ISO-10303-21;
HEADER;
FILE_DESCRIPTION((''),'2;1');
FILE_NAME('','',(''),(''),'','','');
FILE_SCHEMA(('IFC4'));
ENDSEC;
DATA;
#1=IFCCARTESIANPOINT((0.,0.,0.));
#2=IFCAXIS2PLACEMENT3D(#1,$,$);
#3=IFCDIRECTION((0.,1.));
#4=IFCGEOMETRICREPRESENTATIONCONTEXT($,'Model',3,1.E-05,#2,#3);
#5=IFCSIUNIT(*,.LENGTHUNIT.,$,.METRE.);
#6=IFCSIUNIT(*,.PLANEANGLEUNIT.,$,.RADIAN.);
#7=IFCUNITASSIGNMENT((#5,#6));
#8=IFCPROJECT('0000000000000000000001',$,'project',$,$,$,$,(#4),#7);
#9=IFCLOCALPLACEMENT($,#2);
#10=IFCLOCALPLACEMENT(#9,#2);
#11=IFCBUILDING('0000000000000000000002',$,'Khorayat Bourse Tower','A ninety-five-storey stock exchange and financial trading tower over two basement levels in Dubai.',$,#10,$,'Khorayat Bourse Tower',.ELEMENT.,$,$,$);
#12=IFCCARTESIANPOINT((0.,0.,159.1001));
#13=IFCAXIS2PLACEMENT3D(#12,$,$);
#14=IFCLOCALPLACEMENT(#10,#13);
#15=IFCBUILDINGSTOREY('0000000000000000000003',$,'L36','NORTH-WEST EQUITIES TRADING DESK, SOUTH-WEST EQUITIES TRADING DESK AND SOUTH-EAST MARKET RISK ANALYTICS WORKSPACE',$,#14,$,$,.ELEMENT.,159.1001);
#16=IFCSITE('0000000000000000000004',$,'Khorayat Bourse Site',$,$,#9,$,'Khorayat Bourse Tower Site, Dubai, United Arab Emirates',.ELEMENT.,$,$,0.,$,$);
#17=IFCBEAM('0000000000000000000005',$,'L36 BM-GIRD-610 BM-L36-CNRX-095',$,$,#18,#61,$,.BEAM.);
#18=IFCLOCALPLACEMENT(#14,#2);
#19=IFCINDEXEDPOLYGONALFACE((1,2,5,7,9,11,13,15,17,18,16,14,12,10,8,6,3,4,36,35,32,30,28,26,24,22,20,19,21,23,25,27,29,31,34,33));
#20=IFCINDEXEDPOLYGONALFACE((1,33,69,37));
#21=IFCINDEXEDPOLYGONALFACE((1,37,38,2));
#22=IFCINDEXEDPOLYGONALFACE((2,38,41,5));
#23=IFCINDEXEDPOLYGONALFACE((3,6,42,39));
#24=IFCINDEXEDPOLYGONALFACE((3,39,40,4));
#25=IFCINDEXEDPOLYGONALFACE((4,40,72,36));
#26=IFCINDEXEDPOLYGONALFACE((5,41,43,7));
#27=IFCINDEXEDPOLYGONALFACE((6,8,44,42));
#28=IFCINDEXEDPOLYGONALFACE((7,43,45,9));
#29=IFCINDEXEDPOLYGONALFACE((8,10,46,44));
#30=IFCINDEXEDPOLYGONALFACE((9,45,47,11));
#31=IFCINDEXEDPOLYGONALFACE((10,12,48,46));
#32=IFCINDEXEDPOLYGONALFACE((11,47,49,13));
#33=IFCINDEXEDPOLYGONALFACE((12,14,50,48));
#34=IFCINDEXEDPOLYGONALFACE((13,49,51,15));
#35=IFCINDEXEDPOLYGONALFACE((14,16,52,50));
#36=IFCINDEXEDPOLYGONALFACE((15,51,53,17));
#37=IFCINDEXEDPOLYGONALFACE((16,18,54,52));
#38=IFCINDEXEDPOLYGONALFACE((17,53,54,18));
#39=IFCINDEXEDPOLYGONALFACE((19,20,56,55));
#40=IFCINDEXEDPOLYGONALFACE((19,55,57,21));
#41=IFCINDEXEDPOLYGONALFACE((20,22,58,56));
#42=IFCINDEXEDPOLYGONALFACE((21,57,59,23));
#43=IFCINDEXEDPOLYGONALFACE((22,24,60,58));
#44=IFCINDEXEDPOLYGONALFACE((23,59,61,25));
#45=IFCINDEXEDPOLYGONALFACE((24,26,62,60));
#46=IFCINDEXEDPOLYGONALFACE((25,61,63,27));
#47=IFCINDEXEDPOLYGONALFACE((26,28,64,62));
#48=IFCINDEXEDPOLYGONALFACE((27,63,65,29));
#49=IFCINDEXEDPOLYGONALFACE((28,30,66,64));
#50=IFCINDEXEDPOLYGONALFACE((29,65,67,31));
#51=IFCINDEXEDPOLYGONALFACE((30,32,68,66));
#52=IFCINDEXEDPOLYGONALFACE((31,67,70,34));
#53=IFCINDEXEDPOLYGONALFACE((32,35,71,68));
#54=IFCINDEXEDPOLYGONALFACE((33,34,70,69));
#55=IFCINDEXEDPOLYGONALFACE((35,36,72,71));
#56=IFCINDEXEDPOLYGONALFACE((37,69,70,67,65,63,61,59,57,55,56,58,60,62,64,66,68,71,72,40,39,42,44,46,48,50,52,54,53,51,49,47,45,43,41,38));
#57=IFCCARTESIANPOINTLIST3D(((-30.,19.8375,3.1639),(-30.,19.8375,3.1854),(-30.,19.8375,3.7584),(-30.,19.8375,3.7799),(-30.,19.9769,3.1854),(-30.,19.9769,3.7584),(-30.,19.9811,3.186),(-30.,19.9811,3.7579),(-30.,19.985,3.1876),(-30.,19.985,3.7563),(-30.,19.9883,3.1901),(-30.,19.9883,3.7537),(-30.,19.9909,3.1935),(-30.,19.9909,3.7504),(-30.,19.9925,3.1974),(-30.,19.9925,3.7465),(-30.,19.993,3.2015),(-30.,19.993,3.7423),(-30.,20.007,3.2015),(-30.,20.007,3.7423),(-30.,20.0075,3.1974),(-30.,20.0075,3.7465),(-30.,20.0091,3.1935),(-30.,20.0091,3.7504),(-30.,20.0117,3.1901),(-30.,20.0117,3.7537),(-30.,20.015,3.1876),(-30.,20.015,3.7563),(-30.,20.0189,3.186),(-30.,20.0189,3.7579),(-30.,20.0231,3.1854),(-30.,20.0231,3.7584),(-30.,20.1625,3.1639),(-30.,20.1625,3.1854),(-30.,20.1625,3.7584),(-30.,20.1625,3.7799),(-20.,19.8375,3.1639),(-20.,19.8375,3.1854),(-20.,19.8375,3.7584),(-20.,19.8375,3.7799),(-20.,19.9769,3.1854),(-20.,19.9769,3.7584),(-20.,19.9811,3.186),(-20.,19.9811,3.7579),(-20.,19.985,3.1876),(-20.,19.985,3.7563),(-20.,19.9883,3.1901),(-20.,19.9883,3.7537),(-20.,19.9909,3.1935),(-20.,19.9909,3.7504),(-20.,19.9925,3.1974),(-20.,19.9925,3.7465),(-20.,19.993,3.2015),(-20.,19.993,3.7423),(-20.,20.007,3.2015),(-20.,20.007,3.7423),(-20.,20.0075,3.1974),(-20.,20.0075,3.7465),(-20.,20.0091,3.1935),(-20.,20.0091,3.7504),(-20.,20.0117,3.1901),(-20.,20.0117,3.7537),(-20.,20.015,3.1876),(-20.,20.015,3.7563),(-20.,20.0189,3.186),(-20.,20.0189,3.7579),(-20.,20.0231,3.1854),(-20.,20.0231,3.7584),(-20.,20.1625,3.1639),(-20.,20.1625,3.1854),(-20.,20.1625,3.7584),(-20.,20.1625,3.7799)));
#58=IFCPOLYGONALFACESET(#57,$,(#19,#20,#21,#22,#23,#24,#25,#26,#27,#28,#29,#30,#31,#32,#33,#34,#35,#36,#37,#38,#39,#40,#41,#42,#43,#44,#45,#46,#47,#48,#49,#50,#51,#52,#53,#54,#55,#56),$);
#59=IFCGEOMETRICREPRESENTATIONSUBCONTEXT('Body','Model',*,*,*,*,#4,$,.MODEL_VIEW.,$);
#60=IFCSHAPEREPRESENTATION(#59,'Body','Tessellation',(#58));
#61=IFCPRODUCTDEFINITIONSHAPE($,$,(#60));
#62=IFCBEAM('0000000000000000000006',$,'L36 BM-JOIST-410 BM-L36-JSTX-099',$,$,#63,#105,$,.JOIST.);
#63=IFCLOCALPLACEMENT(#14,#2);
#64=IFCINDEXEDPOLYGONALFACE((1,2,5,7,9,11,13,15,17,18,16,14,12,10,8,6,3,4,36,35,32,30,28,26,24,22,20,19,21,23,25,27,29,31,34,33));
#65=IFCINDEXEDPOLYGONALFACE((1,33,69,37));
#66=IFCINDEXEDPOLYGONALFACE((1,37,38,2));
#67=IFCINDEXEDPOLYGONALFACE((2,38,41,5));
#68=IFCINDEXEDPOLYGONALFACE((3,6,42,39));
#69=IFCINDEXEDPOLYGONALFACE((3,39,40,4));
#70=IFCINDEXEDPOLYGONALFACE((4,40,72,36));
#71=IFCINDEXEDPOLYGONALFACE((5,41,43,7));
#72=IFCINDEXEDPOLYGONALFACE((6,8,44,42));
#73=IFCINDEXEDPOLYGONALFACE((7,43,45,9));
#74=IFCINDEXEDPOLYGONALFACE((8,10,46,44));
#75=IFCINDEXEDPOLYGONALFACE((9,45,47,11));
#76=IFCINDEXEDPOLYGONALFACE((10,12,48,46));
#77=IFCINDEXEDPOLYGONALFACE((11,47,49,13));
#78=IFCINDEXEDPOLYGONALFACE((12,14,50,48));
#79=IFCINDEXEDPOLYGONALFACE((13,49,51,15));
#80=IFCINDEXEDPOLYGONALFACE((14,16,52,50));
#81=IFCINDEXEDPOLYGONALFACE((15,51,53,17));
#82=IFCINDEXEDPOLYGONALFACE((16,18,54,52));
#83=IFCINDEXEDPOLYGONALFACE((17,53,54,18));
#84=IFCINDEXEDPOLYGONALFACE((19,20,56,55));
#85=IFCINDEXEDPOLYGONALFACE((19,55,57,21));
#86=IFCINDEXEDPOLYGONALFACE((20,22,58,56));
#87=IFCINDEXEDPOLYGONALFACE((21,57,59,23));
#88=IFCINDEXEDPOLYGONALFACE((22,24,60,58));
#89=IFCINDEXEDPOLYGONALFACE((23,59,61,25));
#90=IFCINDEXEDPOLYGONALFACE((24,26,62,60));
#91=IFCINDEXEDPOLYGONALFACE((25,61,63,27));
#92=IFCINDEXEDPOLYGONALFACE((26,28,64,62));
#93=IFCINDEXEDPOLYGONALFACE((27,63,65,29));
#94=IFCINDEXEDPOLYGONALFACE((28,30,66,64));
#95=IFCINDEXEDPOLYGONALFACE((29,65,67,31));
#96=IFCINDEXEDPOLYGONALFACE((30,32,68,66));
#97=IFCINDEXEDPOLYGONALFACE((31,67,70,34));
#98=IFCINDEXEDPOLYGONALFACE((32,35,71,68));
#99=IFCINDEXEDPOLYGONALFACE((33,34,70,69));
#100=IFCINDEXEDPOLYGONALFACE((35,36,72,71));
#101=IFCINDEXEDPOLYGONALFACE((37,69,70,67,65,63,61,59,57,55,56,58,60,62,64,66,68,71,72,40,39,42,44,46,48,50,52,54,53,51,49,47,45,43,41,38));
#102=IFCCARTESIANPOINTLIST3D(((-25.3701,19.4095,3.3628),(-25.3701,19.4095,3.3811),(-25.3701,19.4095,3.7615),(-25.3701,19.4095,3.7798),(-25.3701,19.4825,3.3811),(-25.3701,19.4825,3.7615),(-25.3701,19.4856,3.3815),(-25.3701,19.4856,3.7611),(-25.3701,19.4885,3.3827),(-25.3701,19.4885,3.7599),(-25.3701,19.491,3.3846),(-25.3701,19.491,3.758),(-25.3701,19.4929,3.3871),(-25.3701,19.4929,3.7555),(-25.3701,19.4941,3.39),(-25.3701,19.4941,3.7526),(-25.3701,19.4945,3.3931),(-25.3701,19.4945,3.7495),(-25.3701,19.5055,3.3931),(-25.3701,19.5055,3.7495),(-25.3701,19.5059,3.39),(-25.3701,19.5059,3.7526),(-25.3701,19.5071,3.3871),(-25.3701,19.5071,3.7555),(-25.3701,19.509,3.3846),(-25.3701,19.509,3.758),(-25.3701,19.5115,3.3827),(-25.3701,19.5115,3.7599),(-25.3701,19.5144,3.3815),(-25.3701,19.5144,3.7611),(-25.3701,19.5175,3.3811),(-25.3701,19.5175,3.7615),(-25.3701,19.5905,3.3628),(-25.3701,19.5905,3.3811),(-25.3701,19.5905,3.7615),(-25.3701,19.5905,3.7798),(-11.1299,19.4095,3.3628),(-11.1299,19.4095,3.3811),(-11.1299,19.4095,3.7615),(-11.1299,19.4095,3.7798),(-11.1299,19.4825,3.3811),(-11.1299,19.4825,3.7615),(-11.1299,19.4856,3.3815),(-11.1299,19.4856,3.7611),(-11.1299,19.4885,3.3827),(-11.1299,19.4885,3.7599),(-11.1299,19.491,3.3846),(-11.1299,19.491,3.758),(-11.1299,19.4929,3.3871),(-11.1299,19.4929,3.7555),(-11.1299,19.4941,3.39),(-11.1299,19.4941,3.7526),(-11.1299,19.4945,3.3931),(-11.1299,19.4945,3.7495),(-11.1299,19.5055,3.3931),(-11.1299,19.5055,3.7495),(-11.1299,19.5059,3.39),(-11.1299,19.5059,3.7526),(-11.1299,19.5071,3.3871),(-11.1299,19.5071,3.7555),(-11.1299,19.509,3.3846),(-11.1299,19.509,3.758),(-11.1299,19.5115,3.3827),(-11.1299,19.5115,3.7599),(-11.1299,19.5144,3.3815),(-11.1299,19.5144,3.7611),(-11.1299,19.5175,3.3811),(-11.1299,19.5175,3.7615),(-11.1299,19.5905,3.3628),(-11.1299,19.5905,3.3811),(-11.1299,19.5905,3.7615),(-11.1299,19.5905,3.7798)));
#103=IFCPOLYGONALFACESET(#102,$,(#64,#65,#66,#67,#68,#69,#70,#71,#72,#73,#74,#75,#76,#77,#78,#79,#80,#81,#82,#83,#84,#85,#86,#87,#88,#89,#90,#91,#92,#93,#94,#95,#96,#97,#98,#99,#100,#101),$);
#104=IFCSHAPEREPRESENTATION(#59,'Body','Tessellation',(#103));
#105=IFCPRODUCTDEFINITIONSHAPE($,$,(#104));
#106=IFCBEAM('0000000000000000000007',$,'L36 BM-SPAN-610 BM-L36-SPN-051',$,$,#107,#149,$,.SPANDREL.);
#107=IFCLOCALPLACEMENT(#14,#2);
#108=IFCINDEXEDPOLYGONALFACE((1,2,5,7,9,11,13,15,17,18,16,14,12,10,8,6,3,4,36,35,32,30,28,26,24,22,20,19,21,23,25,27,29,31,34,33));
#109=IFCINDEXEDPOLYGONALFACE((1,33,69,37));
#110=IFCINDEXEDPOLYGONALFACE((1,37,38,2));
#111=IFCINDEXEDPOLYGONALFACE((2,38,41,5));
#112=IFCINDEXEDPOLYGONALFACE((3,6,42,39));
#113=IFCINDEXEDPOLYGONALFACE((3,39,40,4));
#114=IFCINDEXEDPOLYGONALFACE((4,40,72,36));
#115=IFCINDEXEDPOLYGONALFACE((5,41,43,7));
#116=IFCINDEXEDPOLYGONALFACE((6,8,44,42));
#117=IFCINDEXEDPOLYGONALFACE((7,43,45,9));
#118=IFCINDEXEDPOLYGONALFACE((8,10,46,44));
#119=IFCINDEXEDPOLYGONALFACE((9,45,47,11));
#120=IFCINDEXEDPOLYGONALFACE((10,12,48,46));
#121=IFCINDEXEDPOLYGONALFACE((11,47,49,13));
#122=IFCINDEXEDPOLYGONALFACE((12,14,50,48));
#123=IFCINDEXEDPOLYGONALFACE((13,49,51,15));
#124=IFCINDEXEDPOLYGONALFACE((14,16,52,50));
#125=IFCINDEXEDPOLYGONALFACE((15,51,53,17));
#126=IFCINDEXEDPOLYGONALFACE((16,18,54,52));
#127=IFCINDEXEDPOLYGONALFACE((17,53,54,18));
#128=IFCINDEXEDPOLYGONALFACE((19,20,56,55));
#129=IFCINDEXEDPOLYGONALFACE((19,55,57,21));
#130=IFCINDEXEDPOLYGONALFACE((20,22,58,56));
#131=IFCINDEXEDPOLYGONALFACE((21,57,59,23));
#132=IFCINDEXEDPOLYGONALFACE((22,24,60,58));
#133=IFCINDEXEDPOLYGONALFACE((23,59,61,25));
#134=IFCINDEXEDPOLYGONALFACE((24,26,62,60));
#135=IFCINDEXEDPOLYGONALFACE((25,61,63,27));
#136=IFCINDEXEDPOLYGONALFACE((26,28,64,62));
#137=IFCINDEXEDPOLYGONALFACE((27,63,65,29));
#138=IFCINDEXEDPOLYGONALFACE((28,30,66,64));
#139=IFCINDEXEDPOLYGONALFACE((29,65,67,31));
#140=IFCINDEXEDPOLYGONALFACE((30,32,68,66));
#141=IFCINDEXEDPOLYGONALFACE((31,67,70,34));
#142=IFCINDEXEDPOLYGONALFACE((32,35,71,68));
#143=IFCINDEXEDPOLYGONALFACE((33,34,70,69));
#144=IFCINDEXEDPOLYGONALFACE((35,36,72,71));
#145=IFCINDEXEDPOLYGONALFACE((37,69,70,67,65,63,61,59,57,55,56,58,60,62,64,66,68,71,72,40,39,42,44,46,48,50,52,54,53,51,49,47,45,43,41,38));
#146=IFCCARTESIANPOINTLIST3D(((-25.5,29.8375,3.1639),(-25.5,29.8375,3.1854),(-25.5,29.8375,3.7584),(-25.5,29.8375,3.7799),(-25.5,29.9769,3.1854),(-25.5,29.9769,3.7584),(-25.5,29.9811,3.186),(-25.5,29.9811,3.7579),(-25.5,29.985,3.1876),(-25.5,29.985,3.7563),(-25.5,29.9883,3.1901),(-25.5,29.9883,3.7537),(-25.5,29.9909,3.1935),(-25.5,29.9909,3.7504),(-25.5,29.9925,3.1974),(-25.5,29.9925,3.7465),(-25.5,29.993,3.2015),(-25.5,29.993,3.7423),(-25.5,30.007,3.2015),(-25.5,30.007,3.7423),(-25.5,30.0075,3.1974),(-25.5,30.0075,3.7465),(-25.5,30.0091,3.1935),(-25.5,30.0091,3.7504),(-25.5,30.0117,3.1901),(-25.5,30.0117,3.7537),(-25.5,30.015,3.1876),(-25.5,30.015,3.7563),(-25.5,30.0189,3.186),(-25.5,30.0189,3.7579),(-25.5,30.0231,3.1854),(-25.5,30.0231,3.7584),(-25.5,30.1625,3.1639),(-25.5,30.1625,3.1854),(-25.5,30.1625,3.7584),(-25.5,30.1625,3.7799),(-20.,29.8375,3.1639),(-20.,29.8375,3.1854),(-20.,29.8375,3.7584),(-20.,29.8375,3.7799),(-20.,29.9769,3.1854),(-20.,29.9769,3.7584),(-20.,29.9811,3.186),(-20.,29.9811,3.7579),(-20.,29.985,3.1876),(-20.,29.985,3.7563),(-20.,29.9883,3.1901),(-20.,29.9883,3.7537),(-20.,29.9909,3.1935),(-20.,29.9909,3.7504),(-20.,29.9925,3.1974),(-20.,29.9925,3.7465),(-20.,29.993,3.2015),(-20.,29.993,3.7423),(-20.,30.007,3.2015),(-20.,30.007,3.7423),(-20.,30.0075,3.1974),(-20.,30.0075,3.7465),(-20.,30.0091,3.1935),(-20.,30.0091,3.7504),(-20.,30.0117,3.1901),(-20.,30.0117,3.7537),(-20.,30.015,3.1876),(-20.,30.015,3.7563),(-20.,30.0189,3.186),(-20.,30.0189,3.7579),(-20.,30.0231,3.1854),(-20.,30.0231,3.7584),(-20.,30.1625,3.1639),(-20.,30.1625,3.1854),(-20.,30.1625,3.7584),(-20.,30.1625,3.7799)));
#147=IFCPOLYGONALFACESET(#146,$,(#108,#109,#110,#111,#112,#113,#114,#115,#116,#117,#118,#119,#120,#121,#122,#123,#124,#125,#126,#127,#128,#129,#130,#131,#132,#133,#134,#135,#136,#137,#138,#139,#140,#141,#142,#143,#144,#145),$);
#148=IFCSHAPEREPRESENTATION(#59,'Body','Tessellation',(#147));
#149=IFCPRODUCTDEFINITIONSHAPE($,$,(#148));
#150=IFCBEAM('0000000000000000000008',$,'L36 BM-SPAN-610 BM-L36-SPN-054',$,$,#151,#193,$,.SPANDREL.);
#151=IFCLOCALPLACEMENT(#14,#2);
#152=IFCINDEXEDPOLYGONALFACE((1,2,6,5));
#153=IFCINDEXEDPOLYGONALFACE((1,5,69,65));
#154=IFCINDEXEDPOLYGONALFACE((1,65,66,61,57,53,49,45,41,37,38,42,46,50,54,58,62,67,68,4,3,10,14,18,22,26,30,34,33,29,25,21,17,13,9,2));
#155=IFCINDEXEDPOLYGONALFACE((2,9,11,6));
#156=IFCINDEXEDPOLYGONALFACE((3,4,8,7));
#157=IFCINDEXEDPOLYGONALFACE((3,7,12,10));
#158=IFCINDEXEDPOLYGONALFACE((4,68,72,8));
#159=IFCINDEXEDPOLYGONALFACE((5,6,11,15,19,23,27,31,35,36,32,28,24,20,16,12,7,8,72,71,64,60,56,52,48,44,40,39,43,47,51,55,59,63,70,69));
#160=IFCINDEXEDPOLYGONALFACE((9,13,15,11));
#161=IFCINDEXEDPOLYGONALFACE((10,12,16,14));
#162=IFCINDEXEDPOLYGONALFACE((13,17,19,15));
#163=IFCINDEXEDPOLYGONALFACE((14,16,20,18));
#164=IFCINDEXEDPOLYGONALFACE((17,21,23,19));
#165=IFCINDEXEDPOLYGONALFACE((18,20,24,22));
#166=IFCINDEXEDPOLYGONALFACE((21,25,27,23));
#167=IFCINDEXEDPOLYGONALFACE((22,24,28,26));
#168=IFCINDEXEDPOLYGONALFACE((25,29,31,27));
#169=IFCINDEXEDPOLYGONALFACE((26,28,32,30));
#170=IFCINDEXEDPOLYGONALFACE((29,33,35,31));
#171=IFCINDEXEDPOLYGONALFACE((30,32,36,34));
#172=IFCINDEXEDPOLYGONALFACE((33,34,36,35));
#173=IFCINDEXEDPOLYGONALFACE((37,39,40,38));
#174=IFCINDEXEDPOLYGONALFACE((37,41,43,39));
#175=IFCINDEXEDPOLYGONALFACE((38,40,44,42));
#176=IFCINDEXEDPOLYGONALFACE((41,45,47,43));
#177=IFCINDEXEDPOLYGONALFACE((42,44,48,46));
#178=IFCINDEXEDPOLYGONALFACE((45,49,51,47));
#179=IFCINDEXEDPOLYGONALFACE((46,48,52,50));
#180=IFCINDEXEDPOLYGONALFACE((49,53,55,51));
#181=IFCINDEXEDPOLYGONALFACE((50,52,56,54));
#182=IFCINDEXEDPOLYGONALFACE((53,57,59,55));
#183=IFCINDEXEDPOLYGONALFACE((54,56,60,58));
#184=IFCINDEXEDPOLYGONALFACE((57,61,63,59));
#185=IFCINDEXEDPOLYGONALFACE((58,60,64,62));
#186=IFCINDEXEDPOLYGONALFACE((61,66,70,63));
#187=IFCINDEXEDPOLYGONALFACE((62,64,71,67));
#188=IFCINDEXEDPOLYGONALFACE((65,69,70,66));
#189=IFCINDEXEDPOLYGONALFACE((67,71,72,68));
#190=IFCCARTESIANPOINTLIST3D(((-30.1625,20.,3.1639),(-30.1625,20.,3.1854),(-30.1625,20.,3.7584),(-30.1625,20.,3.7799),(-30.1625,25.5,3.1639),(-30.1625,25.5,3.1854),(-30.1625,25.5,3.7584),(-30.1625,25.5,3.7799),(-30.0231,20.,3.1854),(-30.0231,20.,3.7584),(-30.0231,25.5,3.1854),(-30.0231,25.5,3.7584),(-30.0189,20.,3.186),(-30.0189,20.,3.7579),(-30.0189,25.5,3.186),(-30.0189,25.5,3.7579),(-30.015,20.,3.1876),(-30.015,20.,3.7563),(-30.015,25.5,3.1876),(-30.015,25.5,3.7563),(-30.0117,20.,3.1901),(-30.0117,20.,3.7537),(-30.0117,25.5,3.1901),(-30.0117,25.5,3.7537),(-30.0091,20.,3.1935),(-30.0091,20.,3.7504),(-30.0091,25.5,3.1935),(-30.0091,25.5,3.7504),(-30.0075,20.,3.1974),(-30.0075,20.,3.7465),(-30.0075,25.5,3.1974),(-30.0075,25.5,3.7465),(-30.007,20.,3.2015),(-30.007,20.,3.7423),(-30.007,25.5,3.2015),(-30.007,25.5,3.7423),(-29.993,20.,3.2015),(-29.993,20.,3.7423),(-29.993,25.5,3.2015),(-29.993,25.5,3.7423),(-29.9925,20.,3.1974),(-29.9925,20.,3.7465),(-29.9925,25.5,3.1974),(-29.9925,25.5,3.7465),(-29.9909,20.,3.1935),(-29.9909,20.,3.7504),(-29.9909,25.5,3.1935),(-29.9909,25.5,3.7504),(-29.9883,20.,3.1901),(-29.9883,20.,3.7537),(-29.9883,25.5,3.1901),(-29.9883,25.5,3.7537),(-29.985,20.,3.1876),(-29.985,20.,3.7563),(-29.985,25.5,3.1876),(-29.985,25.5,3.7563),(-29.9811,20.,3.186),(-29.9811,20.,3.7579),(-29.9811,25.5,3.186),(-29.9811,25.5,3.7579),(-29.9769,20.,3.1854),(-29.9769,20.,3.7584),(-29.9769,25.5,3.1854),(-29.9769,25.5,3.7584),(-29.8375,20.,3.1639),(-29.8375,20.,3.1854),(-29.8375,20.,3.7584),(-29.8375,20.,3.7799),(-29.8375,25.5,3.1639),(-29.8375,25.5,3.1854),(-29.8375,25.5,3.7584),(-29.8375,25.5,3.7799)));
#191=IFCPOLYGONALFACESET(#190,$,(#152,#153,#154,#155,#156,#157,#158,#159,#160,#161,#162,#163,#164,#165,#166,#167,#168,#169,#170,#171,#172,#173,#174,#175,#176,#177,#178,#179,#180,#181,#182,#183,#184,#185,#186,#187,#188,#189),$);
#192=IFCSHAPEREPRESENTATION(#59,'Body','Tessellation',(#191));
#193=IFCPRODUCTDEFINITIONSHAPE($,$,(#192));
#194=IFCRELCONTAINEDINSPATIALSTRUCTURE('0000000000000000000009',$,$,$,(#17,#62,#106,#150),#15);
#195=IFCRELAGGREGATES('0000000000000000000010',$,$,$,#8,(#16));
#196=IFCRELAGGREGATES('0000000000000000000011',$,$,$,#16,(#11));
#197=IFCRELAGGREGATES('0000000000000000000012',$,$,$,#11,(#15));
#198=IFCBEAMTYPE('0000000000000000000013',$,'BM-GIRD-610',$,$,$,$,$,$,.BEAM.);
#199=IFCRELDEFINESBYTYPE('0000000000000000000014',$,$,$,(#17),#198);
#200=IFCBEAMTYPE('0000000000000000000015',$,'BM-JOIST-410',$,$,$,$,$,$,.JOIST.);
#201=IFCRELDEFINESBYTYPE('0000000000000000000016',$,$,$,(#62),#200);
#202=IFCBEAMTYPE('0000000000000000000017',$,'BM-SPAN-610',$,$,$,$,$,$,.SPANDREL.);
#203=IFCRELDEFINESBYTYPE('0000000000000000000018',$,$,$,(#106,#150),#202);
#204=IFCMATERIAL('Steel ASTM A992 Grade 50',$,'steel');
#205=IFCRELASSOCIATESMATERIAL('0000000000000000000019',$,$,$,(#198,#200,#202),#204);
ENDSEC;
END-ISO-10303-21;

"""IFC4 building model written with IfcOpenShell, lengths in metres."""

from ifc_helpers import new_model, si_unit, direction, frame, origin, origin_2d, place, context, subcontext, project, spatial, i_section, extrude, source, transform, mapped, material, material_profile, profile_set, type_object, element, save


model = new_model("IFC4")

# Units and contexts
model_context = context("Model", 3, precision=1e-05, world=origin(), true_north=direction((0.0, 1.0)))
body_context = subcontext(model_context, "Body", "Model", "MODEL_VIEW")
ifc_project = project(units=[si_unit("LENGTHUNIT", "METRE"), si_unit("PLANEANGLEUNIT", "RADIAN")], contexts=[model_context])

# Site, building, storey
site_placement = place(None, origin())
site = spatial("IfcSite", under=ifc_project, at=site_placement, Name="Khorayat Bourse Site", LongName="Khorayat Bourse Tower Site, Dubai, United Arab Emirates", CompositionType="ELEMENT", RefElevation=0.0)
building_placement = place(site_placement, origin())
building = spatial("IfcBuilding", under=site, at=building_placement, Name="Khorayat Bourse Tower", Description="A ninety-five-storey stock exchange and financial trading tower over two basement levels in Dubai.", LongName="Khorayat Bourse Tower", CompositionType="ELEMENT")
storey_placement = place(building_placement, frame((0.0, 0.0, 159.1001)))
storey = spatial("IfcBuildingStorey", under=building, at=storey_placement, Name="L36", Description="NORTH-WEST EQUITIES TRADING DESK, SOUTH-WEST EQUITIES TRADING DESK AND SOUTH-EAST MARKET RISK ANALYTICS WORKSPACE", CompositionType="ELEMENT", Elevation=159.1001)

# Beams
ifc_material_1 = material(Name="Steel ASTM A992 Grade 50", Category="steel")
ifc_material_profile_1 = material_profile(ifc_material_1, i_section(OverallWidth=0.325, OverallDepth=0.616, WebThickness=0.0139, FlangeThickness=0.0215, FilletRadius=0.0161, at=origin_2d()), Name="W610X174")
ifc_profile_set_1 = profile_set([ifc_material_profile_1], Name="Steel ASTM A992 Grade 50")
beam_type_1 = type_object("IfcBeamType", Name="BM-GIRD-610", PredefinedType="BEAM", material=ifc_profile_set_1)
shared_shape_1 = source(origin(), body_context, "Body", "SweptSolid", [
    extrude(i_section(OverallWidth=0.325, OverallDepth=0.616, WebThickness=0.0139, FlangeThickness=0.0215, FilletRadius=0.0161, at=origin_2d()), origin(), (0.0, 0.0, 1.0), 10.0),
])
beam_1_placement = place(storey_placement, frame((-30.0, 20.0, 3.4719), z_axis=(1.0, 0.0, 0.0), x_axis=(0.0, 1.0, 0.0)))
element("IfcBeam", 1, at=beam_1_placement, inside=storey, type_object=beam_type_1, Name="L36 BM-GIRD-610 BM-L36-CNRX-095", PredefinedType="BEAM", context=body_context, shape_type="MappedRepresentation", body=[
    mapped(shared_shape_1, transform((0.0, 0.0, 0.0), scale=1.0)),
])
ifc_material_profile_2 = material_profile(ifc_material_1, i_section(OverallWidth=0.1809, OverallDepth=0.417, WebThickness=0.011, FlangeThickness=0.0183, FilletRadius=0.012, at=origin_2d()), Name="W410X85")
ifc_profile_set_2 = profile_set([ifc_material_profile_2], Name="Steel ASTM A992 Grade 50")
beam_type_2 = type_object("IfcBeamType", Name="BM-JOIST-410", PredefinedType="JOIST", material=ifc_profile_set_2)
shared_shape_2 = source(origin(), body_context, "Body", "SweptSolid", [
    extrude(i_section(OverallWidth=0.1809, OverallDepth=0.417, WebThickness=0.011, FlangeThickness=0.0183, FilletRadius=0.012, at=origin_2d()), origin(), (0.0, 0.0, 1.0), 14.2402),
])
beam_2_placement = place(storey_placement, frame((-25.3701, 19.5, 3.5713), z_axis=(1.0, 0.0, 0.0), x_axis=(0.0, 1.0, 0.0)))
element("IfcBeam", 2, at=beam_2_placement, inside=storey, type_object=beam_type_2, Name="L36 BM-JOIST-410 BM-L36-JSTX-099", PredefinedType="JOIST", context=body_context, shape_type="MappedRepresentation", body=[
    mapped(shared_shape_2, transform((0.0, 0.0, 0.0), scale=1.0)),
])
ifc_material_profile_3 = material_profile(ifc_material_1, i_section(OverallWidth=0.325, OverallDepth=0.616, WebThickness=0.0139, FlangeThickness=0.0215, FilletRadius=0.0161, at=origin_2d()), Name="W610X174")
ifc_profile_set_3 = profile_set([ifc_material_profile_3], Name="Steel ASTM A992 Grade 50")
beam_type_3 = type_object("IfcBeamType", Name="BM-SPAN-610", PredefinedType="SPANDREL", material=ifc_profile_set_3)
shared_shape_3 = source(origin(), body_context, "Body", "SweptSolid", [
    extrude(i_section(OverallWidth=0.325, OverallDepth=0.616, WebThickness=0.0139, FlangeThickness=0.0215, FilletRadius=0.0161, at=origin_2d()), origin(), (0.0, 0.0, 1.0), 5.5),
])
for number, where, z_axis, x_axis, name in (
    (3, (-25.5, 30.0, 3.4719), (1.0, 0.0, 0.0), (0.0, 1.0, 0.0), "L36 BM-SPAN-610 BM-L36-SPN-051"),
    (4, (-30.0, 20.0, 3.4719), (0.0, 1.0, 0.0), (-1.0, 0.0, 0.0), "L36 BM-SPAN-610 BM-L36-SPN-054"),
):
    element("IfcBeam", number, at=place(storey_placement, frame(where, z_axis=z_axis, x_axis=x_axis)), inside=storey, type_object=beam_type_3, Name=name, PredefinedType="SPANDREL", context=body_context, shape_type="MappedRepresentation", body=[
        mapped(shared_shape_3, transform((0.0, 0.0, 0.0), scale=1.0)),
    ])

save(model, "model.ifc")
